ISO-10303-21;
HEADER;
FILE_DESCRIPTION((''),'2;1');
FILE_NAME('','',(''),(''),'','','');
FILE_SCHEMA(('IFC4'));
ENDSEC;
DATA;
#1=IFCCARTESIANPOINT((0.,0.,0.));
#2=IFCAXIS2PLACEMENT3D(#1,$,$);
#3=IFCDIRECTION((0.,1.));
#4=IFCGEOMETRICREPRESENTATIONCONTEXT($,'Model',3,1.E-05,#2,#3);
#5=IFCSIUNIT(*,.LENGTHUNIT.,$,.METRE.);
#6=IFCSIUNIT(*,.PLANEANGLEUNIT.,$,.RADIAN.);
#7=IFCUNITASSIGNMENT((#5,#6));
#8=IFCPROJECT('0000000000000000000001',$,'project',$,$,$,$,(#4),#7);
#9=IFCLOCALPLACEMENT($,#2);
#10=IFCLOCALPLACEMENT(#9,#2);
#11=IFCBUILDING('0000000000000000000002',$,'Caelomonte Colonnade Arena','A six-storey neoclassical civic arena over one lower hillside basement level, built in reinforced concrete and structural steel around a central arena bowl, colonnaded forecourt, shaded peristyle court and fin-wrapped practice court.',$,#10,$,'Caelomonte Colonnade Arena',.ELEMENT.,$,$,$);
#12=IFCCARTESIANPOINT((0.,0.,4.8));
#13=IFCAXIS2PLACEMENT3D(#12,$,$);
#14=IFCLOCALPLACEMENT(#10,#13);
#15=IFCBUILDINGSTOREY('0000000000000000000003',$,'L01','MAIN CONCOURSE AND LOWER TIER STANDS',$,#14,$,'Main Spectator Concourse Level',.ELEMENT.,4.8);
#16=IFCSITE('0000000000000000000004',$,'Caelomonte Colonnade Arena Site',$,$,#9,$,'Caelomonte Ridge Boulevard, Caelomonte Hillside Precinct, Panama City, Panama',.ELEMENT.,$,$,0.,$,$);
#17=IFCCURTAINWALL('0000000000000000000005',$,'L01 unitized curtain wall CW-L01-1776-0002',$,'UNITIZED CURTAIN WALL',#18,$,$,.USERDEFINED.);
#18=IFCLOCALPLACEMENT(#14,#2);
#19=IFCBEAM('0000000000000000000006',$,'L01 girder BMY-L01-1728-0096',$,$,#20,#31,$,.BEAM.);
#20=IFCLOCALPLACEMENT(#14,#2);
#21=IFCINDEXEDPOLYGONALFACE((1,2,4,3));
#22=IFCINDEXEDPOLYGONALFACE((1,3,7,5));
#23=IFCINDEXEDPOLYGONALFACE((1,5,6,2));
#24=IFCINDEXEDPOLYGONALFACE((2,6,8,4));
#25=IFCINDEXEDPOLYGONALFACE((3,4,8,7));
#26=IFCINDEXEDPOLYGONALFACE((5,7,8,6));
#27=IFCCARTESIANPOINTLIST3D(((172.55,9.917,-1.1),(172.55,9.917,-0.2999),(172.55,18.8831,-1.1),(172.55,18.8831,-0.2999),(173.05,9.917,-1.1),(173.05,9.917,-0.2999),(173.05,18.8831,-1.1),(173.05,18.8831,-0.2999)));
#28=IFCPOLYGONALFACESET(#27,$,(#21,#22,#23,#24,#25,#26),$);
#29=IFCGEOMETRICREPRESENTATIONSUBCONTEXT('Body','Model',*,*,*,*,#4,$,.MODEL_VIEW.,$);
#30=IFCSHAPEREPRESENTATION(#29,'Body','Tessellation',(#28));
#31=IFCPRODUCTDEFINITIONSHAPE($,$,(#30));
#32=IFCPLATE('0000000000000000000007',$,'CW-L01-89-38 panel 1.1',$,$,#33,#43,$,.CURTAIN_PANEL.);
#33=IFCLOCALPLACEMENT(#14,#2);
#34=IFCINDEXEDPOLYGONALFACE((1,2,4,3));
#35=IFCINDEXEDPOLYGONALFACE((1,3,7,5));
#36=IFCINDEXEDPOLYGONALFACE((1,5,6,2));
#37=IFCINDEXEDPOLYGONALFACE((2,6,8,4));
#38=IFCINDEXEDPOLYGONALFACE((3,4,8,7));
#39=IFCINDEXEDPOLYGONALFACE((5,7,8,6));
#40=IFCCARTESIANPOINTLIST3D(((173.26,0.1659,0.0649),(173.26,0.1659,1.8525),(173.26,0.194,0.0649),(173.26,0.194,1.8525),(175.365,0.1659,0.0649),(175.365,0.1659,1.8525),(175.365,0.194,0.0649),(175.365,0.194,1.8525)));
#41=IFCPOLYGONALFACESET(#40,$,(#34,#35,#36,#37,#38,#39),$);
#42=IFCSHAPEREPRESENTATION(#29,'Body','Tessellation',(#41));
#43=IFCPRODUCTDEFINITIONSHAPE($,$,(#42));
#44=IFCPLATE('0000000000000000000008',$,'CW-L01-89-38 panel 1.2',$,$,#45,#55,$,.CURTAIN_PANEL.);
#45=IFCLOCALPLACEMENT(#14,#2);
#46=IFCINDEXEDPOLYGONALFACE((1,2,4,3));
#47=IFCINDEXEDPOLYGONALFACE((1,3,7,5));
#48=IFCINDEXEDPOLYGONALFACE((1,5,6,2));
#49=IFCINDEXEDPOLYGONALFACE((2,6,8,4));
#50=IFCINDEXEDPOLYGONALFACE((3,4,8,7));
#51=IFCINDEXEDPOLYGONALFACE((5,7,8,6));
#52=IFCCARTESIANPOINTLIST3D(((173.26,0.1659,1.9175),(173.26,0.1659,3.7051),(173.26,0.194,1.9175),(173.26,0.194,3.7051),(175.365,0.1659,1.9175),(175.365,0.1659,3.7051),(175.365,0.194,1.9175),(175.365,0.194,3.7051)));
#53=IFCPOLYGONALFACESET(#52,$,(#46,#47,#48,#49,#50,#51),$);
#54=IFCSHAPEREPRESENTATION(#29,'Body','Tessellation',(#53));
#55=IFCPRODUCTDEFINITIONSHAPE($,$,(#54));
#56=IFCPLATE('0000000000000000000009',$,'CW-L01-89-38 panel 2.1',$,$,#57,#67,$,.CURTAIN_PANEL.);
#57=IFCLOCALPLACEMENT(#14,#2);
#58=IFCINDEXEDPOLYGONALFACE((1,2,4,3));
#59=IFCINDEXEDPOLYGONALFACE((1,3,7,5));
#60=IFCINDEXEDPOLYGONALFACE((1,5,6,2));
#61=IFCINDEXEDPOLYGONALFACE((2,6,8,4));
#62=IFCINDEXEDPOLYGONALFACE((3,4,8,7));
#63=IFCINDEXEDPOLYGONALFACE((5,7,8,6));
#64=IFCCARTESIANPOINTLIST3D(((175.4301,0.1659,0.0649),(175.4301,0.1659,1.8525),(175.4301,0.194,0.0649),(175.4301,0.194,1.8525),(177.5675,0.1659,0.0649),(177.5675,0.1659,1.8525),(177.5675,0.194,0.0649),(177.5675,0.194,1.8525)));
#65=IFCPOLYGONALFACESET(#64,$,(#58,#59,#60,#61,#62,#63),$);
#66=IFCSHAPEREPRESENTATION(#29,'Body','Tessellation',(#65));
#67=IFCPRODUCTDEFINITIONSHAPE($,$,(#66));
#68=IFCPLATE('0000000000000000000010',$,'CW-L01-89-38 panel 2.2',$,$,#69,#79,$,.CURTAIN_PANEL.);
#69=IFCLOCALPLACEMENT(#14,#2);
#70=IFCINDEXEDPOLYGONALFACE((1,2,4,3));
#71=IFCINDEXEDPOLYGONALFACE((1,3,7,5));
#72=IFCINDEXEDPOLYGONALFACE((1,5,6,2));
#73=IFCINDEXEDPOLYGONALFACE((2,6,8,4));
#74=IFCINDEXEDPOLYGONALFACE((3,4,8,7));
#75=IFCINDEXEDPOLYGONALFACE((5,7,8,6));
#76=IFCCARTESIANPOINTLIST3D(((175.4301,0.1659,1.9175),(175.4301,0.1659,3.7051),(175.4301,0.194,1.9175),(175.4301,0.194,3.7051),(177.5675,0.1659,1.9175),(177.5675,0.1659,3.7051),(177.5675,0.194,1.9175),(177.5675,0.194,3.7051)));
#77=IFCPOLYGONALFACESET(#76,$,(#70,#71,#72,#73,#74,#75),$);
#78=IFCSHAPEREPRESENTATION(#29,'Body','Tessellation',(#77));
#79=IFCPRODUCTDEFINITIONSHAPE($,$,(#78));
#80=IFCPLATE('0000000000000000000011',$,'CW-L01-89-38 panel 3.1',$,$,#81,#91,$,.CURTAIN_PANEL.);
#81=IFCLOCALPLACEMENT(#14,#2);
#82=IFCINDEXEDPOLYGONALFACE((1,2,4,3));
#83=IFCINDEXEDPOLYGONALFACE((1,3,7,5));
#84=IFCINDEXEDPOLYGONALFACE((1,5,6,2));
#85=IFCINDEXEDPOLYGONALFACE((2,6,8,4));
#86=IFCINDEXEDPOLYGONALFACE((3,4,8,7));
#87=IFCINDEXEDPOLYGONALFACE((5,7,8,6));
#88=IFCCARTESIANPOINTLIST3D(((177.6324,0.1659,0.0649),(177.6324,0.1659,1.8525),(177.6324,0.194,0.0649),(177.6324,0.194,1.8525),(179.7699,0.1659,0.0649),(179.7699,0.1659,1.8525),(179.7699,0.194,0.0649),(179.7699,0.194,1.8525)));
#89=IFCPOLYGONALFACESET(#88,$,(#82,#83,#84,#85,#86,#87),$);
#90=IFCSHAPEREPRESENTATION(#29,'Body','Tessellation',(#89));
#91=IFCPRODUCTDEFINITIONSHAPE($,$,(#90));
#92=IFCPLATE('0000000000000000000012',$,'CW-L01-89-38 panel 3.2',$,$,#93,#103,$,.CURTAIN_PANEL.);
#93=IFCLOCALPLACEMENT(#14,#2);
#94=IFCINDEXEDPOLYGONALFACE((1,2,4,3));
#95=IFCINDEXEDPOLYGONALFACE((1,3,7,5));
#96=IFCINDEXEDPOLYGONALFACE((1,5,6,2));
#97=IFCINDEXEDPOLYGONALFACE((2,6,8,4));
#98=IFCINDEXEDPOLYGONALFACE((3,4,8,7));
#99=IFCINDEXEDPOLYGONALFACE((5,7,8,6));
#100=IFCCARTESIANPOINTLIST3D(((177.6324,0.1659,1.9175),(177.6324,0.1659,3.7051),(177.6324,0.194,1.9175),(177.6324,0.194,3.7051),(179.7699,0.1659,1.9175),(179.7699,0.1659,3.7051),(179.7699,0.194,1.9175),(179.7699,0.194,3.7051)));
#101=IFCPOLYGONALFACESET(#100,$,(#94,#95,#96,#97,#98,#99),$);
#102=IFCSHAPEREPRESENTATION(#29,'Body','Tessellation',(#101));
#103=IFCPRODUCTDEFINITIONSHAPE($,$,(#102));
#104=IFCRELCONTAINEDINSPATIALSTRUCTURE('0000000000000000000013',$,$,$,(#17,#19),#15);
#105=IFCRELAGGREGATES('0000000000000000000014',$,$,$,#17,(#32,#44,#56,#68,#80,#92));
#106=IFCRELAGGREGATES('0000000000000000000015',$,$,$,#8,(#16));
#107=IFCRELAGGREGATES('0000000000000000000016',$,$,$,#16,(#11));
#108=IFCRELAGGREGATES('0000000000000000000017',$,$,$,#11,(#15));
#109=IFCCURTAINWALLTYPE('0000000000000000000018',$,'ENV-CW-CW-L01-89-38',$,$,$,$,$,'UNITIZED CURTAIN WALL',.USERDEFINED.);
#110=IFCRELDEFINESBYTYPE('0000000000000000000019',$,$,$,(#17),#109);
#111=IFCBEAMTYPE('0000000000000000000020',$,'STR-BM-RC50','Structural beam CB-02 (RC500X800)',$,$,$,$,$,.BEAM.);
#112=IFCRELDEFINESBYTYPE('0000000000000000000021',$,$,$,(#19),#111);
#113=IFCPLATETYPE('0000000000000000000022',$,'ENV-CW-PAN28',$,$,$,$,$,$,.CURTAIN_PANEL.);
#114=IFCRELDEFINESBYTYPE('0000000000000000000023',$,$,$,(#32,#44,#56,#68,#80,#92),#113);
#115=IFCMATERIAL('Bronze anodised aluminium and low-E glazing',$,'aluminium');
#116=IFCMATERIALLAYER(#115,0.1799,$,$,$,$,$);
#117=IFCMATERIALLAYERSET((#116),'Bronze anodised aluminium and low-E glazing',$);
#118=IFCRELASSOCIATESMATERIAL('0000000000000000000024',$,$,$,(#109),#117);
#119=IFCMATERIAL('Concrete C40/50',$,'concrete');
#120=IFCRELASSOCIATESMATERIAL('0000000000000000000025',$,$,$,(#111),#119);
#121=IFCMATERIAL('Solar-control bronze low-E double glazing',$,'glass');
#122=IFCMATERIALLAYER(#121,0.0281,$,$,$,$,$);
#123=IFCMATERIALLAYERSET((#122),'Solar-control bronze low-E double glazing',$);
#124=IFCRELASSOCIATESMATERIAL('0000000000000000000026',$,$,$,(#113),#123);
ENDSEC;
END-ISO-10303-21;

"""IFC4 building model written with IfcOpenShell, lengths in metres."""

from ifc_helpers import new_model, si_unit, direction, frame, origin, origin_2d, place, context, subcontext, project, spatial, rectangle, extrude, material, layer, layer_set, material_profile, profile_set, type_object, element, aggregate, save


model = new_model("IFC4")

# Units and contexts
model_context = context("Model", 3, precision=1e-05, world=origin(), true_north=direction((0.0, 1.0)))
body_context = subcontext(model_context, "Body", "Model", "MODEL_VIEW")
ifc_project = project(units=[si_unit("LENGTHUNIT", "METRE"), si_unit("PLANEANGLEUNIT", "RADIAN")], contexts=[model_context])

# Site, building, storey
site_placement = place(None, origin())
site = spatial("IfcSite", under=ifc_project, at=site_placement, Name="Caelomonte Colonnade Arena Site", LongName="Caelomonte Ridge Boulevard, Caelomonte Hillside Precinct, Panama City, Panama", CompositionType="ELEMENT", RefElevation=0.0)
building_placement = place(site_placement, origin())
building = spatial("IfcBuilding", under=site, at=building_placement, Name="Caelomonte Colonnade Arena", Description="A six-storey neoclassical civic arena over one lower hillside basement level, built in reinforced concrete and structural steel around a central arena bowl, colonnaded forecourt, shaded peristyle court and fin-wrapped practice court.", LongName="Caelomonte Colonnade Arena", CompositionType="ELEMENT")
storey_placement = place(building_placement, frame((0.0, 0.0, 4.8)))
storey = spatial("IfcBuildingStorey", under=building, at=storey_placement, Name="L01", Description="MAIN CONCOURSE AND LOWER TIER STANDS", LongName="Main Spectator Concourse Level", CompositionType="ELEMENT", Elevation=4.8)

# Shared definitions
ifc_material_1 = material(Name="Concrete C40/50", Category="concrete")

# Curtain wall
ifc_material_2 = material(Name="Bronze anodised aluminium and low-E glazing", Category="aluminium")
ifc_layer_1 = layer(ifc_material_2, 0.1799)
ifc_layer_set_1 = layer_set([ifc_layer_1], Name="Bronze anodised aluminium and low-E glazing")
curtain_wall_type = type_object("IfcCurtainWallType", Name="ENV-CW-CW-L01-89-38", ElementType="UNITIZED CURTAIN WALL", PredefinedType="USERDEFINED", material=ifc_layer_set_1)
curtain_wall_placement = place(storey_placement, origin())
curtain_wall = element("IfcCurtainWall", 1, at=curtain_wall_placement, inside=storey, type_object=curtain_wall_type, Name="L01 unitized curtain wall CW-L01-1776-0002", ObjectType="UNITIZED CURTAIN WALL", PredefinedType="USERDEFINED")

# Beam
ifc_material_profile_1 = material_profile(ifc_material_1, rectangle(XDim=0.5, YDim=0.8, at=origin_2d()), Name="RC500X800")
ifc_profile_set_1 = profile_set([ifc_material_profile_1], Name="Concrete C40/50")
beam_type_1 = type_object("IfcBeamType", Name="STR-BM-RC50", Description="Structural beam CB-02 (RC500X800)", PredefinedType="BEAM", material=ifc_profile_set_1)
beam_1_placement = place(storey_placement, frame((172.8, 9.917, -0.7), z_axis=(0.0, 1.0, 0.0), x_axis=(-1.0, 0.0, 0.0)))
element("IfcBeam", 2, at=beam_1_placement, inside=storey, type_object=beam_type_1, Name="L01 girder BMY-L01-1728-0096", PredefinedType="BEAM", context=body_context, shape_type="SweptSolid", body=[
    extrude(rectangle(XDim=0.5, YDim=0.8, at=origin_2d()), origin(), (0.0, 0.0, 1.0), 8.9661),
])

# Plates
ifc_material_3 = material(Name="Solar-control bronze low-E double glazing", Category="glass")
ifc_layer_2 = layer(ifc_material_3, 0.0281)
ifc_layer_set_2 = layer_set([ifc_layer_2], Name="Solar-control bronze low-E double glazing")
plate_type = type_object("IfcPlateType", Name="ENV-CW-PAN28", PredefinedType="CURTAIN_PANEL", material=ifc_layer_set_2)
plate_1_placement = place(storey_placement, frame((174.3125, 0.1799, 0.0649), z_axis=(0.0, 0.0, 1.0), x_axis=(1.0, 0.0, 0.0)))
plate_1 = element("IfcPlate", 3, at=plate_1_placement, type_object=plate_type, Name="CW-L01-89-38 panel 1.1", PredefinedType="CURTAIN_PANEL", context=body_context, shape_type="SweptSolid", body=[
    extrude(rectangle(XDim=2.105, YDim=0.0281, at=origin_2d()), origin(), (0.0, 0.0, 1.0), 1.7876),
])
plate_2_placement = place(storey_placement, frame((174.3125, 0.1799, 1.9175), z_axis=(0.0, 0.0, 1.0), x_axis=(1.0, 0.0, 0.0)))
plate_2 = element("IfcPlate", 4, at=plate_2_placement, type_object=plate_type, Name="CW-L01-89-38 panel 1.2", PredefinedType="CURTAIN_PANEL", context=body_context, shape_type="SweptSolid", body=[
    extrude(rectangle(XDim=2.105, YDim=0.0281, at=origin_2d()), origin(), (0.0, 0.0, 1.0), 1.7876),
])
plate_3_placement = place(storey_placement, frame((176.4988, 0.1799, 0.0649), z_axis=(0.0, 0.0, 1.0), x_axis=(1.0, 0.0, 0.0)))
plate_3 = element("IfcPlate", 5, at=plate_3_placement, type_object=plate_type, Name="CW-L01-89-38 panel 2.1", PredefinedType="CURTAIN_PANEL", context=body_context, shape_type="SweptSolid", body=[
    extrude(rectangle(XDim=2.1375, YDim=0.0281, at=origin_2d()), origin(), (0.0, 0.0, 1.0), 1.7876),
])
plate_4_placement = place(storey_placement, frame((176.4988, 0.1799, 1.9175), z_axis=(0.0, 0.0, 1.0), x_axis=(1.0, 0.0, 0.0)))
plate_4 = element("IfcPlate", 6, at=plate_4_placement, type_object=plate_type, Name="CW-L01-89-38 panel 2.2", PredefinedType="CURTAIN_PANEL", context=body_context, shape_type="SweptSolid", body=[
    extrude(rectangle(XDim=2.1375, YDim=0.0281, at=origin_2d()), origin(), (0.0, 0.0, 1.0), 1.7876),
])
plate_5_placement = place(storey_placement, frame((178.7012, 0.1799, 0.0649), z_axis=(0.0, 0.0, 1.0), x_axis=(1.0, 0.0, 0.0)))
plate_5 = element("IfcPlate", 7, at=plate_5_placement, type_object=plate_type, Name="CW-L01-89-38 panel 3.1", PredefinedType="CURTAIN_PANEL", context=body_context, shape_type="SweptSolid", body=[
    extrude(rectangle(XDim=2.1375, YDim=0.0281, at=origin_2d()), origin(), (0.0, 0.0, 1.0), 1.7876),
])
plate_6_placement = place(storey_placement, frame((178.7012, 0.1799, 1.9175), z_axis=(0.0, 0.0, 1.0), x_axis=(1.0, 0.0, 0.0)))
plate_6 = element("IfcPlate", 8, at=plate_6_placement, type_object=plate_type, Name="CW-L01-89-38 panel 3.2", PredefinedType="CURTAIN_PANEL", context=body_context, shape_type="SweptSolid", body=[
    extrude(rectangle(XDim=2.1375, YDim=0.0281, at=origin_2d()), origin(), (0.0, 0.0, 1.0), 1.7876),
])
aggregate(curtain_wall, [plate_1, plate_2, plate_3, plate_4, plate_5, plate_6])

save(model, "model.ifc")
